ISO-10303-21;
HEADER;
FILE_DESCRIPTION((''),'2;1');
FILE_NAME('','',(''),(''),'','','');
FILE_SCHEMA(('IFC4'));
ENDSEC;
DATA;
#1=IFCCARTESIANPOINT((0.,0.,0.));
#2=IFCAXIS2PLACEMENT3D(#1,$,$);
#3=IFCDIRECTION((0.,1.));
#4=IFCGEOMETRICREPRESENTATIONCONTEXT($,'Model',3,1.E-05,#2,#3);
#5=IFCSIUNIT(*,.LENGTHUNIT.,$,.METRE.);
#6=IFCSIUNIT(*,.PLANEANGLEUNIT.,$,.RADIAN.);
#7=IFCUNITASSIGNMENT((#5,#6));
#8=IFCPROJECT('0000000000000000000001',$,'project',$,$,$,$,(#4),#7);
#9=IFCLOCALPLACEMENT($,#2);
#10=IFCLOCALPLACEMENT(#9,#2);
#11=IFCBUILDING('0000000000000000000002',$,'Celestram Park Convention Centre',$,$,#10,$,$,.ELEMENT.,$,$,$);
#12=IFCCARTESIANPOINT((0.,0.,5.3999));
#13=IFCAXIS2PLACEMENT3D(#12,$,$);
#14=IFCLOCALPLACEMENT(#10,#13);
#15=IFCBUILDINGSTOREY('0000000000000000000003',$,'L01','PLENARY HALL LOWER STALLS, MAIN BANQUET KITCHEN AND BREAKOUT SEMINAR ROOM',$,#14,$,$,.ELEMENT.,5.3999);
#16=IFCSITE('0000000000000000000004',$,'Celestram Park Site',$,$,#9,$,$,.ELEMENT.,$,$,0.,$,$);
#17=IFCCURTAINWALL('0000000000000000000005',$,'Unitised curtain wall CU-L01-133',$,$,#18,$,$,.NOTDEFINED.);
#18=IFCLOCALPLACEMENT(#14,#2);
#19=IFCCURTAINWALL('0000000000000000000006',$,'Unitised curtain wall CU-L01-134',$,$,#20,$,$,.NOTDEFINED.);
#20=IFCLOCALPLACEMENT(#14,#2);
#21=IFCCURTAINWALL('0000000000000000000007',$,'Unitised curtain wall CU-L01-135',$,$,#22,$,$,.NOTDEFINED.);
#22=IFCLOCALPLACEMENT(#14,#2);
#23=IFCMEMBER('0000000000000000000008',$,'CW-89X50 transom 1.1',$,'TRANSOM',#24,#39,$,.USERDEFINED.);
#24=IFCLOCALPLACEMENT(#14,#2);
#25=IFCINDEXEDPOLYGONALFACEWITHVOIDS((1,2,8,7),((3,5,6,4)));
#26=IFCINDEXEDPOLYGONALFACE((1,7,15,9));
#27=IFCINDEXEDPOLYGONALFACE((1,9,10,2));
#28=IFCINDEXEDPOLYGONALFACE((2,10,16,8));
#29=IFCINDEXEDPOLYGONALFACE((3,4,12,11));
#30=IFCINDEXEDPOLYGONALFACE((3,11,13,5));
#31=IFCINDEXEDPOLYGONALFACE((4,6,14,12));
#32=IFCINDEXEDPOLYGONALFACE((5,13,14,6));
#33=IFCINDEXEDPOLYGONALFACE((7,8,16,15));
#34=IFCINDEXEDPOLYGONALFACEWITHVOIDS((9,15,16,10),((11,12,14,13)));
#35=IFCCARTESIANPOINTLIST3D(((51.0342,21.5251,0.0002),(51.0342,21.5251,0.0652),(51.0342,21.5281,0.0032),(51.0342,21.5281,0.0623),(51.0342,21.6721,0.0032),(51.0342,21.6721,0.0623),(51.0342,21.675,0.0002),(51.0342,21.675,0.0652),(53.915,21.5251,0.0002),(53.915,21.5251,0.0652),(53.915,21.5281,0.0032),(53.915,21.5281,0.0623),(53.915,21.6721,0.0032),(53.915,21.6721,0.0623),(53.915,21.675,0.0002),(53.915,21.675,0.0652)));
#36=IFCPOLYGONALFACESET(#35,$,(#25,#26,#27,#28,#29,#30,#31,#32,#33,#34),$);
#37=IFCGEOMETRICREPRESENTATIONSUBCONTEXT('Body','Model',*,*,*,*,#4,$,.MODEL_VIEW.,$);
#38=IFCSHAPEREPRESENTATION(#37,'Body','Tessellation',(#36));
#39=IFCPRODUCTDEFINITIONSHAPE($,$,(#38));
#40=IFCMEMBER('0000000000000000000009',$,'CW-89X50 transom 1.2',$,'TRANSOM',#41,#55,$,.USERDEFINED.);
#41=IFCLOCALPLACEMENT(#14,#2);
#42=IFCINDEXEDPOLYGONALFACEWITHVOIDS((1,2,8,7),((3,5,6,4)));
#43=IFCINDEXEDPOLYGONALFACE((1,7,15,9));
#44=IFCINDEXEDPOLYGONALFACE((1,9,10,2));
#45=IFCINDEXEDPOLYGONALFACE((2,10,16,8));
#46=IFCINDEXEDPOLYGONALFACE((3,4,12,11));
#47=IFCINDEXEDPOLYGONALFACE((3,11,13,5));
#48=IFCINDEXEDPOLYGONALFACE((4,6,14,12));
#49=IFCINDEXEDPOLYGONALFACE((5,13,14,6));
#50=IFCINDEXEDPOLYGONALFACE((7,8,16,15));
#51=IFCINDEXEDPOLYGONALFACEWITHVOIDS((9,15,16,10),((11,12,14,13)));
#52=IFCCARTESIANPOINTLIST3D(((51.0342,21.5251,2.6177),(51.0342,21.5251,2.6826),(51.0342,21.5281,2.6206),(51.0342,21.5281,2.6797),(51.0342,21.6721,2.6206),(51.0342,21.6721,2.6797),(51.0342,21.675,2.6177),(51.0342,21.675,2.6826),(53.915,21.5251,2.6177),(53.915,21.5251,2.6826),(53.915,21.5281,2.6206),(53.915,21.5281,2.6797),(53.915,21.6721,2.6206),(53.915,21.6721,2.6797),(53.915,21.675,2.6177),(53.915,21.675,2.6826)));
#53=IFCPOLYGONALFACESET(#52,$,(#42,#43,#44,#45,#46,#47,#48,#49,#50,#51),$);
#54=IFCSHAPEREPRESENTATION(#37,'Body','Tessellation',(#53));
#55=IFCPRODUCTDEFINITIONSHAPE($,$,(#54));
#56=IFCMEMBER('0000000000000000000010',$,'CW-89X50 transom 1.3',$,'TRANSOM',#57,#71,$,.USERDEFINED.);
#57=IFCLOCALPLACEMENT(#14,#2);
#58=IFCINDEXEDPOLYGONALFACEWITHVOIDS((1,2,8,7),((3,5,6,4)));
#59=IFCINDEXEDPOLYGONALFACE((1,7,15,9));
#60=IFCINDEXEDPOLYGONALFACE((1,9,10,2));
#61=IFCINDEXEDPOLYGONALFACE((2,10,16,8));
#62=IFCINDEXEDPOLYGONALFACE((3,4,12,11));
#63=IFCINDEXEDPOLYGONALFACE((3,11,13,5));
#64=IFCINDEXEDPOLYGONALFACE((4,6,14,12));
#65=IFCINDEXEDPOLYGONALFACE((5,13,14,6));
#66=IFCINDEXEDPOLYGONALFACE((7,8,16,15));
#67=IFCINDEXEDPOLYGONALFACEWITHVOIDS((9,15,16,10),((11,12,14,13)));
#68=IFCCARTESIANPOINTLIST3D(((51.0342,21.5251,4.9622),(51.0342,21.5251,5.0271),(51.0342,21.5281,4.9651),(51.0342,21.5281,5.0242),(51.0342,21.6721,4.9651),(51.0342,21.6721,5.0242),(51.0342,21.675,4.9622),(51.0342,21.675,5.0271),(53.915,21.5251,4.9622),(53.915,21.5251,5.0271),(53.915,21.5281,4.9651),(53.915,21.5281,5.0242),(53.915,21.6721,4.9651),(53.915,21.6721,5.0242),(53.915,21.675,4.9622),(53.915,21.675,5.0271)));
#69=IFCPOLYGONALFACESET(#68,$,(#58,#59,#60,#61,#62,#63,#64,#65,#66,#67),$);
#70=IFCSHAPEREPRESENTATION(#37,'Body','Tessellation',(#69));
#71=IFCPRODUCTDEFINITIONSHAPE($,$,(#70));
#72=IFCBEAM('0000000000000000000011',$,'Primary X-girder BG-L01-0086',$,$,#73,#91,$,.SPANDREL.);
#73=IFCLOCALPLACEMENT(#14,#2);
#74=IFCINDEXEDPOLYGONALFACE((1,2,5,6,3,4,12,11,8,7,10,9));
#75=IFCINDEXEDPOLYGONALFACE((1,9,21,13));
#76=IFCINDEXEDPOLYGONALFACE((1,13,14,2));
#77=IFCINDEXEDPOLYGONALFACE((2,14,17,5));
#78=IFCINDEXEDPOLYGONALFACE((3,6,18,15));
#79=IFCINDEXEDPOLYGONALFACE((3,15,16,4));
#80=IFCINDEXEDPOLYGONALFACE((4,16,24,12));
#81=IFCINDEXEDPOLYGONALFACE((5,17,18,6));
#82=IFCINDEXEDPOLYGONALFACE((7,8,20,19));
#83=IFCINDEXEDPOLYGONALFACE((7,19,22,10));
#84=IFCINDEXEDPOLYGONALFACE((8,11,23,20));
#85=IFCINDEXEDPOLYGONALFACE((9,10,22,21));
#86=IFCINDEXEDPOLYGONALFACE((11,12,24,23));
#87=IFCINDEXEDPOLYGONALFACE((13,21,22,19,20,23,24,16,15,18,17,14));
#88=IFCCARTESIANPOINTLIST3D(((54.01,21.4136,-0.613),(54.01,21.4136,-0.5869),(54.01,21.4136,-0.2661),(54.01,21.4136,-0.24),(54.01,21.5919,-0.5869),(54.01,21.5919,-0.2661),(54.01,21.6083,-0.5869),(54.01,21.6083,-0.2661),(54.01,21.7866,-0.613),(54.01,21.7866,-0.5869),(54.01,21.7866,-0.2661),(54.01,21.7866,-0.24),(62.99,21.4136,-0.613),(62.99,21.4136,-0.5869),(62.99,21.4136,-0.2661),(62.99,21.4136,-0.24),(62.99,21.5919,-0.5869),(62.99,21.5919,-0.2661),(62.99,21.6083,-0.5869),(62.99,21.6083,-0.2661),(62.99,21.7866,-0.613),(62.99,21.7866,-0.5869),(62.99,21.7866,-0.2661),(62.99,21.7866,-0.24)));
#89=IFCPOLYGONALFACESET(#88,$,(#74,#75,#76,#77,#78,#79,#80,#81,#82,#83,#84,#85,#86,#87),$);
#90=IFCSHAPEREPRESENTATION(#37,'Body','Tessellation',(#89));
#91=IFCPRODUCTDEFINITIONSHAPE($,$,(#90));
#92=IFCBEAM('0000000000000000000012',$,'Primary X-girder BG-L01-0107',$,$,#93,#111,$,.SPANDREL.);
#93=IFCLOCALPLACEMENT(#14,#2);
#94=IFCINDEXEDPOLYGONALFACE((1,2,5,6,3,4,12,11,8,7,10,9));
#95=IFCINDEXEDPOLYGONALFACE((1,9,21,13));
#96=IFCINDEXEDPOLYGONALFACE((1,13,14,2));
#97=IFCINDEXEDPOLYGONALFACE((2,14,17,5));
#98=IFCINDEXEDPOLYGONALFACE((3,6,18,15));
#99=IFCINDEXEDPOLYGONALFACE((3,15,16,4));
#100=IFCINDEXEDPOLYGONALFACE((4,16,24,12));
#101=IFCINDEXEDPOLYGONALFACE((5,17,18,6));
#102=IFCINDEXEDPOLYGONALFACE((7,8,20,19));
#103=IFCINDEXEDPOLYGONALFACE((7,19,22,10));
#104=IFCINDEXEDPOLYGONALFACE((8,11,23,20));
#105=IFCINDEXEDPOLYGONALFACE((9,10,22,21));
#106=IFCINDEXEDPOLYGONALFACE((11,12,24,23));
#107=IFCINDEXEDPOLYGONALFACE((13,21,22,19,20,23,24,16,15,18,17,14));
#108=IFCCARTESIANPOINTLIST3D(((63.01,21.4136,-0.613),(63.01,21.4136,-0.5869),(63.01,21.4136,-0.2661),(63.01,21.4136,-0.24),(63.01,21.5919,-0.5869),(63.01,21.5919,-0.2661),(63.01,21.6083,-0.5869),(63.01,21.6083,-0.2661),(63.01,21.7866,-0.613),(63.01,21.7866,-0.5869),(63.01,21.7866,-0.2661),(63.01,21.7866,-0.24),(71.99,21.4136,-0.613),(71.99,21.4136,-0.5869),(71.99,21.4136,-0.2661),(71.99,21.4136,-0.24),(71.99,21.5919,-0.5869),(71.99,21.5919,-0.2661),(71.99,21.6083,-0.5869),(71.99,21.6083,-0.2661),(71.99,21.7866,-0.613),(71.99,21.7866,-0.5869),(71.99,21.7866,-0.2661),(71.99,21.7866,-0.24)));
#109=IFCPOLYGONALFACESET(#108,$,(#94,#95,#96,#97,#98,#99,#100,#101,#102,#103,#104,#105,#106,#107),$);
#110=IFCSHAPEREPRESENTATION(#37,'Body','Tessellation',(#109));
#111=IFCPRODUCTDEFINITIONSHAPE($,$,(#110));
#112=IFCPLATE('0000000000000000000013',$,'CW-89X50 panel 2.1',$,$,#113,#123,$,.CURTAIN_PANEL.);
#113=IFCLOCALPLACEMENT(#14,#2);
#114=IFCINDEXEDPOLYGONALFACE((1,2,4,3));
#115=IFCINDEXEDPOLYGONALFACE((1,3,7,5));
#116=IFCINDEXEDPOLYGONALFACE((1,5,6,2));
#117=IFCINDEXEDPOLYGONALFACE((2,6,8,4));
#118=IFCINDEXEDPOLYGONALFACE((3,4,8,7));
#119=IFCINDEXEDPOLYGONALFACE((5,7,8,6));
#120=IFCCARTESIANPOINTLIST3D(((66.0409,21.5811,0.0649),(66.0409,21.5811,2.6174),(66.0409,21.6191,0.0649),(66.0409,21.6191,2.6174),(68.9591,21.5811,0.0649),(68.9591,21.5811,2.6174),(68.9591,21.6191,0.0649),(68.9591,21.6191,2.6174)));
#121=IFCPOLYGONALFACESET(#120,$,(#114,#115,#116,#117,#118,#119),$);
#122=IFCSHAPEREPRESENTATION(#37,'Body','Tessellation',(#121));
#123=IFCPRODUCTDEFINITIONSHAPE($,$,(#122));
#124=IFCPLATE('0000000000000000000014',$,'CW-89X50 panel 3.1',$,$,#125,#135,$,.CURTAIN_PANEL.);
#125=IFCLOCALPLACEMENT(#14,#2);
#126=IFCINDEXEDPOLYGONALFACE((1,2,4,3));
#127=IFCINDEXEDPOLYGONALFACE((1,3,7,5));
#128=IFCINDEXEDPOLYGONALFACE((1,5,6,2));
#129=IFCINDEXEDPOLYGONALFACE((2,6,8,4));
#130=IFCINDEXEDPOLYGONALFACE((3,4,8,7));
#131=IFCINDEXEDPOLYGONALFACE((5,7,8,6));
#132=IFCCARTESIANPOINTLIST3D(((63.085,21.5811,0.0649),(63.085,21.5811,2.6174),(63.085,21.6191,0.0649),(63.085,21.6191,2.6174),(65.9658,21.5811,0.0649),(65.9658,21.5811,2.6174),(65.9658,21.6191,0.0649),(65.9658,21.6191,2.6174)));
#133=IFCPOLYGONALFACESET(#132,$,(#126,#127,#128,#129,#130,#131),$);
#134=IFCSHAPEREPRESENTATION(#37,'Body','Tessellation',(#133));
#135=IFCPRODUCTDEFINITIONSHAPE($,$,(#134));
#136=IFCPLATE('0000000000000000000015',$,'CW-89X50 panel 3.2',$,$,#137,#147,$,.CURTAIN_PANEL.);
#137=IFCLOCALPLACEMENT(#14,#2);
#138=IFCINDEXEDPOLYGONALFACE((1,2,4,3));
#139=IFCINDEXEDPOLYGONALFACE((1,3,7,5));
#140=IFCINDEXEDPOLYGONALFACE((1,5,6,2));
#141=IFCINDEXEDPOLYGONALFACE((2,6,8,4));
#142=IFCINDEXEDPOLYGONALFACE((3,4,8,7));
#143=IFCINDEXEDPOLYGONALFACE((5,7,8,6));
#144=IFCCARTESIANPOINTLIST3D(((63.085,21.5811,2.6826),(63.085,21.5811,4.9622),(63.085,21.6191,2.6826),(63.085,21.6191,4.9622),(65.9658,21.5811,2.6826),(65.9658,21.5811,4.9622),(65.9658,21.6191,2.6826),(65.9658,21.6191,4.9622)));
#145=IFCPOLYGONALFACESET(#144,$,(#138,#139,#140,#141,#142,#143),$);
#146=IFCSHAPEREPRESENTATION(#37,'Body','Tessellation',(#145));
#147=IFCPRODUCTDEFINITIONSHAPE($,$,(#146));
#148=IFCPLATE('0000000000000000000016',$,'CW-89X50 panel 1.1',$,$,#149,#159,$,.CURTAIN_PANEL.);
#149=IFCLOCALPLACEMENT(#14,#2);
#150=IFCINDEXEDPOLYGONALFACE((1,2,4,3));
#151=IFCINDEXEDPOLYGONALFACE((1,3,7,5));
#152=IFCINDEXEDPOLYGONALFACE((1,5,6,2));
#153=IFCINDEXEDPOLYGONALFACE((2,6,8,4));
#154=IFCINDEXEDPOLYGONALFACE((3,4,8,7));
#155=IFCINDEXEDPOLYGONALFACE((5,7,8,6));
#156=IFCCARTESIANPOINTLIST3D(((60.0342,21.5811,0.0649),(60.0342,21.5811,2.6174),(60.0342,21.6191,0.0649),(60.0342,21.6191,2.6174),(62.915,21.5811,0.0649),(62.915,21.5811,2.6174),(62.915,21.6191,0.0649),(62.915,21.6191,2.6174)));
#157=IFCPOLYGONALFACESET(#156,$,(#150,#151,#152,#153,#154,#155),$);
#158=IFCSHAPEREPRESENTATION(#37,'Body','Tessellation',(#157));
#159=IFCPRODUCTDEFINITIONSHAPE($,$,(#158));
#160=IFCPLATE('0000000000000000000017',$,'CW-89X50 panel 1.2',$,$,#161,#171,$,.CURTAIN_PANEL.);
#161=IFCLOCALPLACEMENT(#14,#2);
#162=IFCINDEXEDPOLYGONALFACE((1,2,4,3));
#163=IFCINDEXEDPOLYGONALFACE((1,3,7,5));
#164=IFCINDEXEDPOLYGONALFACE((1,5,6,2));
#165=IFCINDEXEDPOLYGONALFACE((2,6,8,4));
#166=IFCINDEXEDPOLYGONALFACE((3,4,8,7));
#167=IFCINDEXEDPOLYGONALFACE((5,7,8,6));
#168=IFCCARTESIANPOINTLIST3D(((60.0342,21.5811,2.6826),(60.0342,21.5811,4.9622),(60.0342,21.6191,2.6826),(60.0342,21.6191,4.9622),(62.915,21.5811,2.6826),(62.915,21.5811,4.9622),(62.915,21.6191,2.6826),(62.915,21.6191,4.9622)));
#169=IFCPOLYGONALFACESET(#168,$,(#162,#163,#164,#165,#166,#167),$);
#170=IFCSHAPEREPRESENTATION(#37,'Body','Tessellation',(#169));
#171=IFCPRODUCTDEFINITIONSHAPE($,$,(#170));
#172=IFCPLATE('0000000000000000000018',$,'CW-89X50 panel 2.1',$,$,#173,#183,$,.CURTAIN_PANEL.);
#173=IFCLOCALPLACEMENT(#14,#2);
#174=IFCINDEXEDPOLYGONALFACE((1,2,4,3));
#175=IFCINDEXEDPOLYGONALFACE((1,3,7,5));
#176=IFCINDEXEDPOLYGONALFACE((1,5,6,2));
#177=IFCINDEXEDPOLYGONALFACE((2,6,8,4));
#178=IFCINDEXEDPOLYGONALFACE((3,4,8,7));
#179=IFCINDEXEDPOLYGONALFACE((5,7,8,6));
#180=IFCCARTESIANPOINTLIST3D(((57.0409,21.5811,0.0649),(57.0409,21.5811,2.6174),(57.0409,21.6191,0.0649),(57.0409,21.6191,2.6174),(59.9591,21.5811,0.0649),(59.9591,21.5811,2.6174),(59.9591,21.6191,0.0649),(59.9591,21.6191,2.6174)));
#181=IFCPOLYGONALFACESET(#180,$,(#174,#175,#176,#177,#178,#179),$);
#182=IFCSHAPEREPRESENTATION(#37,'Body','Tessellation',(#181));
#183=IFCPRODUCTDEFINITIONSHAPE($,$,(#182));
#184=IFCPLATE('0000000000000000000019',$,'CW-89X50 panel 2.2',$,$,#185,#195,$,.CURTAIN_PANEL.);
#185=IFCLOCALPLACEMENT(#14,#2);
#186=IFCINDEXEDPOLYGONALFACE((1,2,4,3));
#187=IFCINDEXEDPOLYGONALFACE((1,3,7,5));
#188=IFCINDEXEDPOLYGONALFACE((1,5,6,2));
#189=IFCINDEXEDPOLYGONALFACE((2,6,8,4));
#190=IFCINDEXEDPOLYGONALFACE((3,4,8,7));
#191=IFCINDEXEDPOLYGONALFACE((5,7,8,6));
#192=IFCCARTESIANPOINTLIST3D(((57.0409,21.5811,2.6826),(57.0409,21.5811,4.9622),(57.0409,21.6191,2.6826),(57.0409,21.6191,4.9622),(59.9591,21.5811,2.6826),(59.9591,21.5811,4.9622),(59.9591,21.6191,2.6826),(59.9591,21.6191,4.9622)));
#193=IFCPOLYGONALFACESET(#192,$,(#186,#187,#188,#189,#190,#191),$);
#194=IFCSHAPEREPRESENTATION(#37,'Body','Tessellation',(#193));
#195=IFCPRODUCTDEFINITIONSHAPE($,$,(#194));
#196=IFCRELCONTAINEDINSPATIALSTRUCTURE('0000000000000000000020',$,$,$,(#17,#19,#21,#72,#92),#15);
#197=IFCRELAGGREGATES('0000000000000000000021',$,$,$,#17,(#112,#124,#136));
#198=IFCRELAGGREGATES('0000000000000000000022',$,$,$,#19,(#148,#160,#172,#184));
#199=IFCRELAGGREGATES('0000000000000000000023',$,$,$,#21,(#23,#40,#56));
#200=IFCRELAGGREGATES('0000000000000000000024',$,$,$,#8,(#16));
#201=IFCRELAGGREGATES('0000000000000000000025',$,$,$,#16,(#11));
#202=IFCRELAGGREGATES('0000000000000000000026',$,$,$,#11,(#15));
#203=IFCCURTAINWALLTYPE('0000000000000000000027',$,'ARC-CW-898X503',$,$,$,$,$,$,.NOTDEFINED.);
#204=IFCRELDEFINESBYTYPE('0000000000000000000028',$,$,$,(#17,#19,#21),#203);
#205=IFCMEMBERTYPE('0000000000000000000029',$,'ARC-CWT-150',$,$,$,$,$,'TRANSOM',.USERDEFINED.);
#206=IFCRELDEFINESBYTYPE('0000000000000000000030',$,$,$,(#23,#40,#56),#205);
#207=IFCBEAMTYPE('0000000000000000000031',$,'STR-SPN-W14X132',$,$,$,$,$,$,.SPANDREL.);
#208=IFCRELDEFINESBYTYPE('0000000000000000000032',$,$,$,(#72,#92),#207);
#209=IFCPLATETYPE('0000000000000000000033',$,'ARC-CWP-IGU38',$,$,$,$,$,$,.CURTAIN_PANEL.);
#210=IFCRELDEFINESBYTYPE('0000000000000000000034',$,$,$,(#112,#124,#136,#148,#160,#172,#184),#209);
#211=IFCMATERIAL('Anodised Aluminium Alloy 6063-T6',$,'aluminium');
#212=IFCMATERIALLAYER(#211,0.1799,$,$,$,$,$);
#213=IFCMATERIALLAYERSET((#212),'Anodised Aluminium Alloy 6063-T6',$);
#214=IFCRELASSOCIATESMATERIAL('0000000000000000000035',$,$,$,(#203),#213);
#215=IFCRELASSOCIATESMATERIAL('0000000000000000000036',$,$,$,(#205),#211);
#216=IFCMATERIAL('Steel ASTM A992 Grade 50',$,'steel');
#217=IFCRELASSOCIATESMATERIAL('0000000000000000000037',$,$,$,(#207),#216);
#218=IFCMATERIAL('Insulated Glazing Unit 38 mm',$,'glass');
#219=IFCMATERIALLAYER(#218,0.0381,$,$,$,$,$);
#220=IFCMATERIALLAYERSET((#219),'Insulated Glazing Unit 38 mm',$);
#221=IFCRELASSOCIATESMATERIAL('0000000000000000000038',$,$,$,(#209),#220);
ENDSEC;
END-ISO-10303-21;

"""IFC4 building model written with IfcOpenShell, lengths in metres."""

from ifc_helpers import new_model, si_unit, direction, frame, origin, origin_2d, place, context, subcontext, project, spatial, rectangle, hollow_rectangle, i_section, extrude, material, layer, layer_set, material_profile, profile_set, type_object, element, aggregate, save


model = new_model("IFC4")

# Units and contexts
model_context = context("Model", 3, precision=1e-05, world=origin(), true_north=direction((0.0, 1.0)))
body_context = subcontext(model_context, "Body", "Model", "MODEL_VIEW")
ifc_project = project(units=[si_unit("LENGTHUNIT", "METRE"), si_unit("PLANEANGLEUNIT", "RADIAN")], contexts=[model_context])

# Site, building, storey
site_placement = place(None, origin())
site = spatial("IfcSite", under=ifc_project, at=site_placement, Name="Celestram Park Site", CompositionType="ELEMENT", RefElevation=0.0)
building_placement = place(site_placement, origin())
building = spatial("IfcBuilding", under=site, at=building_placement, Name="Celestram Park Convention Centre", CompositionType="ELEMENT")
storey_placement = place(building_placement, frame((0.0, 0.0, 5.3999)))
storey = spatial("IfcBuildingStorey", under=building, at=storey_placement, Name="L01", Description="PLENARY HALL LOWER STALLS, MAIN BANQUET KITCHEN AND BREAKOUT SEMINAR ROOM", CompositionType="ELEMENT", Elevation=5.3999)

# Shared definitions
ifc_material_1 = material(Name="Steel ASTM A992 Grade 50", Category="steel")

# Curtain walls
ifc_material_2 = material(Name="Anodised Aluminium Alloy 6063-T6", Category="aluminium")
ifc_layer_1 = layer(ifc_material_2, 0.1799)
ifc_layer_set_1 = layer_set([ifc_layer_1], Name="Anodised Aluminium Alloy 6063-T6")
curtain_wall_type = type_object("IfcCurtainWallType", Name="ARC-CW-898X503", PredefinedType="NOTDEFINED", material=ifc_layer_set_1)
curtain_wall_1_placement = place(storey_placement, origin())
curtain_wall_1 = element("IfcCurtainWall", 1, at=curtain_wall_1_placement, inside=storey, type_object=curtain_wall_type, Name="Unitised curtain wall CU-L01-133", PredefinedType="NOTDEFINED")
curtain_wall_2_placement = place(storey_placement, origin())
curtain_wall_2 = element("IfcCurtainWall", 2, at=curtain_wall_2_placement, inside=storey, type_object=curtain_wall_type, Name="Unitised curtain wall CU-L01-134", PredefinedType="NOTDEFINED")

# Curtain wall
curtain_wall_3_placement = place(storey_placement, origin())
curtain_wall_3 = element("IfcCurtainWall", 3, at=curtain_wall_3_placement, inside=storey, type_object=curtain_wall_type, Name="Unitised curtain wall CU-L01-135", PredefinedType="NOTDEFINED")

# Members
ifc_material_profile_1 = material_profile(ifc_material_2, hollow_rectangle(XDim=0.1499, YDim=0.0649, WallThickness=0.0029, at=origin_2d()), Name="ALU150X65X3")
ifc_profile_set_1 = profile_set([ifc_material_profile_1], Name="Anodised Aluminium Alloy 6063-T6")
member_type_1 = type_object("IfcMemberType", Name="ARC-CWT-150", ElementType="TRANSOM", PredefinedType="USERDEFINED", material=ifc_profile_set_1)
member_1_placement = place(storey_placement, frame((53.915, 21.6001, 0.0327), z_axis=(-1.0, 0.0, 0.0), x_axis=(0.0, -1.0, 0.0)))
member_1 = element("IfcMember", 4, at=member_1_placement, type_object=member_type_1, Name="CW-89X50 transom 1.1", ObjectType="TRANSOM", PredefinedType="USERDEFINED", context=body_context, shape_type="SweptSolid", body=[
    extrude(hollow_rectangle(XDim=0.1499, YDim=0.0649, WallThickness=0.0029, at=origin_2d()), origin(), (0.0, 0.0, 1.0), 2.8809),
])
member_2_placement = place(storey_placement, frame((53.915, 21.6001, 2.6501), z_axis=(-1.0, 0.0, 0.0), x_axis=(0.0, -1.0, 0.0)))
member_2 = element("IfcMember", 5, at=member_2_placement, type_object=member_type_1, Name="CW-89X50 transom 1.2", ObjectType="TRANSOM", PredefinedType="USERDEFINED", context=body_context, shape_type="SweptSolid", body=[
    extrude(hollow_rectangle(XDim=0.1499, YDim=0.0649, WallThickness=0.0029, at=origin_2d()), origin(), (0.0, 0.0, 1.0), 2.8809),
])
member_3_placement = place(storey_placement, frame((53.915, 21.6001, 4.9946), z_axis=(-1.0, 0.0, 0.0), x_axis=(0.0, -1.0, 0.0)))
member_3 = element("IfcMember", 6, at=member_3_placement, type_object=member_type_1, Name="CW-89X50 transom 1.3", ObjectType="TRANSOM", PredefinedType="USERDEFINED", context=body_context, shape_type="SweptSolid", body=[
    extrude(hollow_rectangle(XDim=0.1499, YDim=0.0649, WallThickness=0.0029, at=origin_2d()), origin(), (0.0, 0.0, 1.0), 2.8809),
])

# Beams
ifc_material_profile_2 = material_profile(ifc_material_1, i_section(OverallWidth=0.373, OverallDepth=0.373, WebThickness=0.0164, FlangeThickness=0.0261, at=origin_2d()), Name="W14X132")
ifc_profile_set_2 = profile_set([ifc_material_profile_2], Name="Steel ASTM A992 Grade 50")
beam_type = type_object("IfcBeamType", Name="STR-SPN-W14X132", PredefinedType="SPANDREL", material=ifc_profile_set_2)
for number, where, z_axis, x_axis, name in (
    (7, (54.01, 21.6001, -0.4265), (1.0, 0.0, 0.0), (0.0, 1.0, 0.0), "Primary X-girder BG-L01-0086"),
    (8, (63.01, 21.6001, -0.4265), (1.0, 0.0, 0.0), (0.0, 1.0, 0.0), "Primary X-girder BG-L01-0107"),
):
    element("IfcBeam", number, at=place(storey_placement, frame(where, z_axis=z_axis, x_axis=x_axis)), inside=storey, type_object=beam_type, Name=name, PredefinedType="SPANDREL", context=body_context, shape_type="SweptSolid", body=[
        extrude(i_section(OverallWidth=0.373, OverallDepth=0.373, WebThickness=0.0164, FlangeThickness=0.0261, at=origin_2d()), origin(), (0.0, 0.0, 1.0), 8.98),
    ])

# Plates
ifc_material_3 = material(Name="Insulated Glazing Unit 38 mm", Category="glass")
ifc_layer_2 = layer(ifc_material_3, 0.0381)
ifc_layer_set_2 = layer_set([ifc_layer_2], Name="Insulated Glazing Unit 38 mm")
plate_type = type_object("IfcPlateType", Name="ARC-CWP-IGU38", PredefinedType="CURTAIN_PANEL", material=ifc_layer_set_2)
plate_1_placement = place(storey_placement, frame((67.5, 21.6001, 0.0649), z_axis=(0.0, 0.0, 1.0), x_axis=(-1.0, 0.0, 0.0)))
plate_1 = element("IfcPlate", 9, at=plate_1_placement, type_object=plate_type, Name="CW-89X50 panel 2.1", PredefinedType="CURTAIN_PANEL", context=body_context, shape_type="SweptSolid", body=[
    extrude(rectangle(XDim=2.9182, YDim=0.0381, at=origin_2d()), origin(), (0.0, 0.0, 1.0), 2.5525),
])
plate_2_placement = place(storey_placement, frame((64.5254, 21.6001, 0.0649), z_axis=(0.0, 0.0, 1.0), x_axis=(-1.0, 0.0, 0.0)))
plate_2 = element("IfcPlate", 10, at=plate_2_placement, type_object=plate_type, Name="CW-89X50 panel 3.1", PredefinedType="CURTAIN_PANEL", context=body_context, shape_type="SweptSolid", body=[
    extrude(rectangle(XDim=2.8809, YDim=0.0381, at=origin_2d()), origin(), (0.0, 0.0, 1.0), 2.5525),
])
plate_3_placement = place(storey_placement, frame((64.5254, 21.6001, 2.6826), z_axis=(0.0, 0.0, 1.0), x_axis=(-1.0, 0.0, 0.0)))
plate_3 = element("IfcPlate", 11, at=plate_3_placement, type_object=plate_type, Name="CW-89X50 panel 3.2", PredefinedType="CURTAIN_PANEL", context=body_context, shape_type="SweptSolid", body=[
    extrude(rectangle(XDim=2.8809, YDim=0.0381, at=origin_2d()), origin(), (0.0, 0.0, 1.0), 2.2795),
])
aggregate(curtain_wall_1, [plate_1, plate_2, plate_3])
plate_4_placement = place(storey_placement, frame((61.4746, 21.6001, 0.0649), z_axis=(0.0, 0.0, 1.0), x_axis=(-1.0, 0.0, 0.0)))
plate_4 = element("IfcPlate", 12, at=plate_4_placement, type_object=plate_type, Name="CW-89X50 panel 1.1", PredefinedType="CURTAIN_PANEL", context=body_context, shape_type="SweptSolid", body=[
    extrude(rectangle(XDim=2.8809, YDim=0.0381, at=origin_2d()), origin(), (0.0, 0.0, 1.0), 2.5525),
])
plate_5_placement = place(storey_placement, frame((61.4746, 21.6001, 2.6826), z_axis=(0.0, 0.0, 1.0), x_axis=(-1.0, 0.0, 0.0)))
plate_5 = element("IfcPlate", 13, at=plate_5_placement, type_object=plate_type, Name="CW-89X50 panel 1.2", PredefinedType="CURTAIN_PANEL", context=body_context, shape_type="SweptSolid", body=[
    extrude(rectangle(XDim=2.8809, YDim=0.0381, at=origin_2d()), origin(), (0.0, 0.0, 1.0), 2.2795),
])
plate_6_placement = place(storey_placement, frame((58.5, 21.6001, 0.0649), z_axis=(0.0, 0.0, 1.0), x_axis=(-1.0, 0.0, 0.0)))
plate_6 = element("IfcPlate", 14, at=plate_6_placement, type_object=plate_type, Name="CW-89X50 panel 2.1", PredefinedType="CURTAIN_PANEL", context=body_context, shape_type="SweptSolid", body=[
    extrude(rectangle(XDim=2.9182, YDim=0.0381, at=origin_2d()), origin(), (0.0, 0.0, 1.0), 2.5525),
])
plate_7_placement = place(storey_placement, frame((58.5, 21.6001, 2.6826), z_axis=(0.0, 0.0, 1.0), x_axis=(-1.0, 0.0, 0.0)))
plate_7 = element("IfcPlate", 15, at=plate_7_placement, type_object=plate_type, Name="CW-89X50 panel 2.2", PredefinedType="CURTAIN_PANEL", context=body_context, shape_type="SweptSolid", body=[
    extrude(rectangle(XDim=2.9182, YDim=0.0381, at=origin_2d()), origin(), (0.0, 0.0, 1.0), 2.2795),
])
aggregate(curtain_wall_2, [plate_4, plate_5, plate_6, plate_7])
aggregate(curtain_wall_3, [member_1, member_2, member_3])

save(model, "model.ifc")
